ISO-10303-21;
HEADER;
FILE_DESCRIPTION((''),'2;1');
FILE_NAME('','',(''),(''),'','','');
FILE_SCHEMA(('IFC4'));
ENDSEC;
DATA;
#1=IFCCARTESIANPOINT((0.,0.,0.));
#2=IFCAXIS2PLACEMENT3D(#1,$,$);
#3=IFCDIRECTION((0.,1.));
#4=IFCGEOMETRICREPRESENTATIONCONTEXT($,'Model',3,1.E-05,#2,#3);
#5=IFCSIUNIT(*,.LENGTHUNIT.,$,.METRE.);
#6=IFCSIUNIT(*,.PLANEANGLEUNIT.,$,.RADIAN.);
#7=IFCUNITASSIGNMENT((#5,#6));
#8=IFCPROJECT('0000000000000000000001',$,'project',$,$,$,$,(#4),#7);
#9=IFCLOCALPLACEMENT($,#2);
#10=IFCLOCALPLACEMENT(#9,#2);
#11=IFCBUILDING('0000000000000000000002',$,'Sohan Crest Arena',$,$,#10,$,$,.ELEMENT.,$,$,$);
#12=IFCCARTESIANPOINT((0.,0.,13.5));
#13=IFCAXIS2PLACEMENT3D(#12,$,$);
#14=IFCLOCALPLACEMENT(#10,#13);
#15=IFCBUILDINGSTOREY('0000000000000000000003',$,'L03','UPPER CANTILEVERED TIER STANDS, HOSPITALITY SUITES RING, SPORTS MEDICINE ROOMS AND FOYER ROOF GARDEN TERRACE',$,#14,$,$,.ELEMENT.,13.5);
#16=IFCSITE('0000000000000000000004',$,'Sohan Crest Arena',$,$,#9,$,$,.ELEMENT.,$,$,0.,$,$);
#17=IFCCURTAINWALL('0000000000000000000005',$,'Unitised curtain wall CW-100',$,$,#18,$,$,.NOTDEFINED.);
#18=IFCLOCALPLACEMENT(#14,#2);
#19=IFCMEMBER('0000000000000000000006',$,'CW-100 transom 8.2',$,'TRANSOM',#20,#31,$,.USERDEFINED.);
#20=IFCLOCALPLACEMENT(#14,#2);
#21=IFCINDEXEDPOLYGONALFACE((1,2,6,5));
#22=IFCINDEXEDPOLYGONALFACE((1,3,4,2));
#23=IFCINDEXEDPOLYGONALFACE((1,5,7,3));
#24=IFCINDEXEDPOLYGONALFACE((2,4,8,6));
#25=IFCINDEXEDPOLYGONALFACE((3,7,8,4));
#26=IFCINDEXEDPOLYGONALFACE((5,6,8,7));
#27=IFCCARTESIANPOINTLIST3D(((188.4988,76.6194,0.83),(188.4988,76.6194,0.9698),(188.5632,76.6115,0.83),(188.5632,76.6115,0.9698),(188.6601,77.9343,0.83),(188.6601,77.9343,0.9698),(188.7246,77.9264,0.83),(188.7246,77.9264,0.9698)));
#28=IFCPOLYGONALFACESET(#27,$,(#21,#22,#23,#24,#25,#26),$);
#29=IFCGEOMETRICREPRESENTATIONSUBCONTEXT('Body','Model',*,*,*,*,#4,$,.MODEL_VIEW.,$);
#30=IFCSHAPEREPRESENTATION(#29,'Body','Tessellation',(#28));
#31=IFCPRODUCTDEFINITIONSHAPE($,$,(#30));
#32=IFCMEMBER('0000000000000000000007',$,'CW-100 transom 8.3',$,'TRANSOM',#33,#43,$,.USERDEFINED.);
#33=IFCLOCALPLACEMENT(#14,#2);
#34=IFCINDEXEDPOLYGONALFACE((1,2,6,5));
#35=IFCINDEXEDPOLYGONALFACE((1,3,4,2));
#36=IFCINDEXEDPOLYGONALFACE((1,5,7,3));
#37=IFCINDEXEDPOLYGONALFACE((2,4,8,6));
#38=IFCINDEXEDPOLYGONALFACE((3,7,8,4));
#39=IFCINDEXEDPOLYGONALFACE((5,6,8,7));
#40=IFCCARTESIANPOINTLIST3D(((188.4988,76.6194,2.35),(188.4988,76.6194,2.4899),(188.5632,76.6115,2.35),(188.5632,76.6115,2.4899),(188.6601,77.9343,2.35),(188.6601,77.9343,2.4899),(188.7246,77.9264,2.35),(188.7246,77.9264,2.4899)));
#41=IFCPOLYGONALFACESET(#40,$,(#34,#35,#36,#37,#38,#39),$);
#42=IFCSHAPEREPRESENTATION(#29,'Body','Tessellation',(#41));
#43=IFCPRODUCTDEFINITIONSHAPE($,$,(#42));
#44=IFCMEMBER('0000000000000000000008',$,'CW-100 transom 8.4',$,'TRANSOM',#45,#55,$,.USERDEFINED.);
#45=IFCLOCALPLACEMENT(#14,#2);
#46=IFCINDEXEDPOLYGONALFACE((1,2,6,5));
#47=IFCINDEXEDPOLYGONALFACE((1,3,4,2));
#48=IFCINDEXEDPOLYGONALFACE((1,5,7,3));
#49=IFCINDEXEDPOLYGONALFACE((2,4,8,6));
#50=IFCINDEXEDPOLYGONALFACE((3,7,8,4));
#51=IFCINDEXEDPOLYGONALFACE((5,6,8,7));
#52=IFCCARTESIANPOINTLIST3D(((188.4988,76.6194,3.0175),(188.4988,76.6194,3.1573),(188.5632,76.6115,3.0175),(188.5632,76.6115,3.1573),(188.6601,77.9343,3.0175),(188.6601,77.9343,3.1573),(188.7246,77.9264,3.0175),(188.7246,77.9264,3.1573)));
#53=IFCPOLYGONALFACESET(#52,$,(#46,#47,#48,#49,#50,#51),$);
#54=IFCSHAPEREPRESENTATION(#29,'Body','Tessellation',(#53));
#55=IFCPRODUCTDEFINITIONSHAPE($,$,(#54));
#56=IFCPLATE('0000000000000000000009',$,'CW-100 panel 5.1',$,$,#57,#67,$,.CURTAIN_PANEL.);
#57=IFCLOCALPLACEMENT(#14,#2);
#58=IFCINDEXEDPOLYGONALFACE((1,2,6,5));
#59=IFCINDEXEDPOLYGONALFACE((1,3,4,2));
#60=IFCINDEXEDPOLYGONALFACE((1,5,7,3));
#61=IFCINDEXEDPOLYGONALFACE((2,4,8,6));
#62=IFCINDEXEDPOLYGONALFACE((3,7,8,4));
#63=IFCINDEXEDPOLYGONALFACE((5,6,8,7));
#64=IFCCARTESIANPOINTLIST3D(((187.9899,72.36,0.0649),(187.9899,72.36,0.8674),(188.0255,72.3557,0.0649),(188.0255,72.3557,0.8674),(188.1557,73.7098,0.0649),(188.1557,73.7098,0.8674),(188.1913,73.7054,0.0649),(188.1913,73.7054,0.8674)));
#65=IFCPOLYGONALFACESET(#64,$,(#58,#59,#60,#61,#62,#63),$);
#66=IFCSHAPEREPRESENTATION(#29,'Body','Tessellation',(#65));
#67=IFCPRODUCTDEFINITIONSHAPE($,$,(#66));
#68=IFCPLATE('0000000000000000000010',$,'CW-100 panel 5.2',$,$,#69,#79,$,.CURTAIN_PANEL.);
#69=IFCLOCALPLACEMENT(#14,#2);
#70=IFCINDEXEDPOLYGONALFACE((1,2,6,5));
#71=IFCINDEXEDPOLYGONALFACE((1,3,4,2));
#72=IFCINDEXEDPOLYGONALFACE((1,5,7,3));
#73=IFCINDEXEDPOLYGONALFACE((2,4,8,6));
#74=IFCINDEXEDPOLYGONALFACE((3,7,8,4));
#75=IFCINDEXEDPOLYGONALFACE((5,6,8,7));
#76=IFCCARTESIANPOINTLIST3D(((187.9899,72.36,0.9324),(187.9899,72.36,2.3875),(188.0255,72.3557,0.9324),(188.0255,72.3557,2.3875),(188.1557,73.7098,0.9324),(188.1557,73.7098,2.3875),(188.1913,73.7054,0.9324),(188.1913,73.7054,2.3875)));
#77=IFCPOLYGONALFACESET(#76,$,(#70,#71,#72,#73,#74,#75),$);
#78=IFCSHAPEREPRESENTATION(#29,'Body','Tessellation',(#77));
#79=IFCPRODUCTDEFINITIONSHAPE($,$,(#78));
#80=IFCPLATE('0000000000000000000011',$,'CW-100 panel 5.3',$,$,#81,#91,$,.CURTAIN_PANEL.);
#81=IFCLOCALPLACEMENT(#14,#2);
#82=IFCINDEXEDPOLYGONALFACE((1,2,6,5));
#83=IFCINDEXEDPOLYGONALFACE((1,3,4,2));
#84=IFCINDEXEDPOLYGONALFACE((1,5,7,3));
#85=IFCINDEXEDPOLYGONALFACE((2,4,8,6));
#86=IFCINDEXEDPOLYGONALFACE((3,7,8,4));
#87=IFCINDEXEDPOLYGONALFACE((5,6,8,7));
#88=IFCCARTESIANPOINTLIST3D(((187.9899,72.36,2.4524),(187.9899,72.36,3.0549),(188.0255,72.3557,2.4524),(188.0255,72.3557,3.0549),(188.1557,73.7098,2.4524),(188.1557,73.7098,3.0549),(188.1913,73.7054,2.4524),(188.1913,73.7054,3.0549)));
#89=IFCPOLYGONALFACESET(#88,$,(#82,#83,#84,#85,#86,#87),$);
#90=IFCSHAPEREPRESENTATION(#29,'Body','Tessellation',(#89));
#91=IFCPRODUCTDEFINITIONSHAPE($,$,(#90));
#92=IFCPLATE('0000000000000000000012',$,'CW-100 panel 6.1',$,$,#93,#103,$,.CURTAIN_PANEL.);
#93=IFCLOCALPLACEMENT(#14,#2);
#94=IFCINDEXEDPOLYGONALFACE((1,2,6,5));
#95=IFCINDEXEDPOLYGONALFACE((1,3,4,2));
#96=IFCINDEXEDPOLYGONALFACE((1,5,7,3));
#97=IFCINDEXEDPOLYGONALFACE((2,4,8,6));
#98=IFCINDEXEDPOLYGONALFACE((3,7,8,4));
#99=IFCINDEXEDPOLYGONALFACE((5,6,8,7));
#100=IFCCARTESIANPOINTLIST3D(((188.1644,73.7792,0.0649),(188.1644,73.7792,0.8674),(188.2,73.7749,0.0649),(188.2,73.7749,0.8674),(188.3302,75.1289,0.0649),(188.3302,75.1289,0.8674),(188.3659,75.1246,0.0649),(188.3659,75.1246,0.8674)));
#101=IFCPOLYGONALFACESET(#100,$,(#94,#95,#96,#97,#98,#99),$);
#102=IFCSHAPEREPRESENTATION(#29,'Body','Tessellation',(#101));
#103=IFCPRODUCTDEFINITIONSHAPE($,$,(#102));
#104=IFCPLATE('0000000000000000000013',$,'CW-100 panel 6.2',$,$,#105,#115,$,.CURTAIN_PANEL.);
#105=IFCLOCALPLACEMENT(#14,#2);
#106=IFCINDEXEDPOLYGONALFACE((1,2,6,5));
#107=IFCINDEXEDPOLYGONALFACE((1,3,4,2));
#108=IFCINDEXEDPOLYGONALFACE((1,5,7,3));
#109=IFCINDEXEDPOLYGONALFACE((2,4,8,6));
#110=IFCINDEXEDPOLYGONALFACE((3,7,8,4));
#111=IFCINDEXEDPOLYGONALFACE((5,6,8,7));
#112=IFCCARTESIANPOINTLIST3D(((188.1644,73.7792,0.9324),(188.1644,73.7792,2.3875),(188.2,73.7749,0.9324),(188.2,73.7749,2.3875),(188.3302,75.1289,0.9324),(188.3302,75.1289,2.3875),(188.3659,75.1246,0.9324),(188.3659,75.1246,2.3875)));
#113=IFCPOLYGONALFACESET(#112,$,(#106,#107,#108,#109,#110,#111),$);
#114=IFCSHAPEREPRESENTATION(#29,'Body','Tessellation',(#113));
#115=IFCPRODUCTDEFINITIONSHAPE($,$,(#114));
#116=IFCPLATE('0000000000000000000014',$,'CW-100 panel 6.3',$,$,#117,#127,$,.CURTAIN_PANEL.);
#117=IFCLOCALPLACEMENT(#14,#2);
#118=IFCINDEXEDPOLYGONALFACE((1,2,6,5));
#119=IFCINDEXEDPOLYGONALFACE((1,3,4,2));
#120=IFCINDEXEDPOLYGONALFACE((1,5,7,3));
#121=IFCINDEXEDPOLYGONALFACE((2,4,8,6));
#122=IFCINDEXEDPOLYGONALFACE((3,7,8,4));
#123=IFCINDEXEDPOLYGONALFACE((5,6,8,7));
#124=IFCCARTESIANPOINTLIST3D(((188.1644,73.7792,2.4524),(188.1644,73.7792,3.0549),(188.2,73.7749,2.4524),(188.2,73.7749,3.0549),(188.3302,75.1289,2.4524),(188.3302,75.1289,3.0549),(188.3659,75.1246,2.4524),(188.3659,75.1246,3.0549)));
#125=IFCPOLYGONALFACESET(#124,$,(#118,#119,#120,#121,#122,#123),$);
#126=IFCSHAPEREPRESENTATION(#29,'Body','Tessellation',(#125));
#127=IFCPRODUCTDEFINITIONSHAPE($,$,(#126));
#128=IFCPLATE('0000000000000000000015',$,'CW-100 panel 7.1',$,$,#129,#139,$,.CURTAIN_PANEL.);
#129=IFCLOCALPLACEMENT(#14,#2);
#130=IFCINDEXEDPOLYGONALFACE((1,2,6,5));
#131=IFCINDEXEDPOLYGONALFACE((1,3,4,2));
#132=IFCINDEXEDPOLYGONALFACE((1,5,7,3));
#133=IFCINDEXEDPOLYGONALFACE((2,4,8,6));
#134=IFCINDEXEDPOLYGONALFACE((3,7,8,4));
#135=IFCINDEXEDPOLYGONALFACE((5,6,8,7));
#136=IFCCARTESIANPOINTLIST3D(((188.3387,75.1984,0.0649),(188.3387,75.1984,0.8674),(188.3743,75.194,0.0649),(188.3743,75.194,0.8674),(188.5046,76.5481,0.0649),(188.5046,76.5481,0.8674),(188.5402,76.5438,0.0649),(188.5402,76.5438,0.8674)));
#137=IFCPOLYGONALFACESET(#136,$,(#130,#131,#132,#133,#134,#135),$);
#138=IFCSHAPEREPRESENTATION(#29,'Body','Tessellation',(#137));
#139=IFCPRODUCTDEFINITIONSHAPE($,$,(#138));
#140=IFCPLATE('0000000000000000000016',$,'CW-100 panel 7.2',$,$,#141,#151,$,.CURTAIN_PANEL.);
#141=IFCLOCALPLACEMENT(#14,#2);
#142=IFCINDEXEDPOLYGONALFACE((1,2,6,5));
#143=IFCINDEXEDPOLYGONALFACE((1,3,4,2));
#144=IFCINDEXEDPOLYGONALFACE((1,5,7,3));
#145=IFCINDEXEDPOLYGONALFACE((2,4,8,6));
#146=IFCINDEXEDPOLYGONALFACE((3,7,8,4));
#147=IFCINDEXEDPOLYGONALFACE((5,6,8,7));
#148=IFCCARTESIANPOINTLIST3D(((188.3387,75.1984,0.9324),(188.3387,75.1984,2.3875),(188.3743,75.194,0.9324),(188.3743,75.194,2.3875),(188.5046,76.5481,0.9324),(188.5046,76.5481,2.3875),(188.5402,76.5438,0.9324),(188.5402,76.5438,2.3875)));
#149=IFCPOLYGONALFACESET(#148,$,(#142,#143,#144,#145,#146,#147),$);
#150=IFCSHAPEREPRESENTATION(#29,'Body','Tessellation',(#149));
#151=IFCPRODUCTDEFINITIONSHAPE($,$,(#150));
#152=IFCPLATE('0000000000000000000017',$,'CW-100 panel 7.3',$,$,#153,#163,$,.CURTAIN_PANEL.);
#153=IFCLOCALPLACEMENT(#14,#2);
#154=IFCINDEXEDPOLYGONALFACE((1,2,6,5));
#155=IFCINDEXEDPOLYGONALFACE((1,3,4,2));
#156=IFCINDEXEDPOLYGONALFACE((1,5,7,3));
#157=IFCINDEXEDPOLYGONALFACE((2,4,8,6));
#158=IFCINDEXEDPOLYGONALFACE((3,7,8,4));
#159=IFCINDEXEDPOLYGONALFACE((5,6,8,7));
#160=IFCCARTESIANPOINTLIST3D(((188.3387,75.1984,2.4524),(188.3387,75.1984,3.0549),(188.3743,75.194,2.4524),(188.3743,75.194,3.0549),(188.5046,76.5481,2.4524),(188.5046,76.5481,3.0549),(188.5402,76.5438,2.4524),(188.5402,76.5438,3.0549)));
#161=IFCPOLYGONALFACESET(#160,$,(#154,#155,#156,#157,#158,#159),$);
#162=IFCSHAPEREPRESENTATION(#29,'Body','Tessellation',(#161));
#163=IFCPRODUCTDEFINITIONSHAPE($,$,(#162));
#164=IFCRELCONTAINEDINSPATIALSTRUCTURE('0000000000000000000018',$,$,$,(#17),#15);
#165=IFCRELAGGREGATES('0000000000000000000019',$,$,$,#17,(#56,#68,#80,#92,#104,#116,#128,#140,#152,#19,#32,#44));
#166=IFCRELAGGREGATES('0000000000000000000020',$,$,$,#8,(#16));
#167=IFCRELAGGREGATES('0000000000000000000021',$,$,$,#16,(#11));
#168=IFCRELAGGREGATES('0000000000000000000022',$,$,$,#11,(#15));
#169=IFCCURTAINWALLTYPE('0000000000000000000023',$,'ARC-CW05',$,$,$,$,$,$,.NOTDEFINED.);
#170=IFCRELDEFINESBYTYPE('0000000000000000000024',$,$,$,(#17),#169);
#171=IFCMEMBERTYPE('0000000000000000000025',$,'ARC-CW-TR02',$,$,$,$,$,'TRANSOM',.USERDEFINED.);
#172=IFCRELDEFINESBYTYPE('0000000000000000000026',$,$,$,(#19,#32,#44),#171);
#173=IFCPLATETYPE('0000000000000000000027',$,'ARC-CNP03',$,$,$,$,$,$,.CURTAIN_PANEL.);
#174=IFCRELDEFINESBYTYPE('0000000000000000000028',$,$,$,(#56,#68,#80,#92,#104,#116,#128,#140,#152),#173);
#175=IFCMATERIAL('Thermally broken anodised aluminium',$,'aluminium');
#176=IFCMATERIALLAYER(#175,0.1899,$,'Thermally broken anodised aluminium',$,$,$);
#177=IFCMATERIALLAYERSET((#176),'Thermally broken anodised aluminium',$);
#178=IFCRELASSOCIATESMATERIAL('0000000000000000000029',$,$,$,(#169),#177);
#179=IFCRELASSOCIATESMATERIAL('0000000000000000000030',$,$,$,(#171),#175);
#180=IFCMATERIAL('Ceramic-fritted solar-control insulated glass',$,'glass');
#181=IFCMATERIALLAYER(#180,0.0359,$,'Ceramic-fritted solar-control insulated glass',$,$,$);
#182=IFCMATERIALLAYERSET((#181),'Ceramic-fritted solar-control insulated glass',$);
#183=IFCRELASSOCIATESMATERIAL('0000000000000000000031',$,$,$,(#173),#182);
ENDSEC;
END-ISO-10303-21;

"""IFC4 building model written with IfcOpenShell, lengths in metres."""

from ifc_helpers import new_model, si_unit, direction, frame, origin, origin_2d, place, context, subcontext, project, spatial, rectangle, extrude, material, layer, layer_set, material_profile, profile_set, type_object, element, aggregate, save


model = new_model("IFC4")

# Units and contexts
model_context = context("Model", 3, precision=1e-05, world=origin(), true_north=direction((0.0, 1.0)))
body_context = subcontext(model_context, "Body", "Model", "MODEL_VIEW")
ifc_project = project(units=[si_unit("LENGTHUNIT", "METRE"), si_unit("PLANEANGLEUNIT", "RADIAN")], contexts=[model_context])

# Site, building, storey
site_placement = place(None, origin())
site = spatial("IfcSite", under=ifc_project, at=site_placement, Name="Sohan Crest Arena", CompositionType="ELEMENT", RefElevation=0.0)
building_placement = place(site_placement, origin())
building = spatial("IfcBuilding", under=site, at=building_placement, Name="Sohan Crest Arena", CompositionType="ELEMENT")
storey_placement = place(building_placement, frame((0.0, 0.0, 13.5)))
storey = spatial("IfcBuildingStorey", under=building, at=storey_placement, Name="L03", Description="UPPER CANTILEVERED TIER STANDS, HOSPITALITY SUITES RING, SPORTS MEDICINE ROOMS AND FOYER ROOF GARDEN TERRACE", CompositionType="ELEMENT", Elevation=13.5)

# Curtain wall, members, plates
ifc_material_1 = material(Name="Thermally broken anodised aluminium", Category="aluminium")
ifc_layer_1 = layer(ifc_material_1, 0.1899, Name="Thermally broken anodised aluminium")
ifc_layer_set_1 = layer_set([ifc_layer_1], Name="Thermally broken anodised aluminium")
curtain_wall_type = type_object("IfcCurtainWallType", Name="ARC-CW05", PredefinedType="NOTDEFINED", material=ifc_layer_set_1)
curtain_wall_placement = place(storey_placement, origin())
curtain_wall = element("IfcCurtainWall", 1, at=curtain_wall_placement, inside=storey, type_object=curtain_wall_type, Name="Unitised curtain wall CW-100", PredefinedType="NOTDEFINED")
ifc_material_profile_1 = material_profile(ifc_material_1, rectangle(XDim=0.0649, YDim=0.1399, at=origin_2d()), Name="ALU-TRAN 65x140")
ifc_profile_set_1 = profile_set([ifc_material_profile_1], Name="Thermally broken anodised aluminium")
member_type_1 = type_object("IfcMemberType", Name="ARC-CW-TR02", ElementType="TRANSOM", PredefinedType="USERDEFINED", material=ifc_profile_set_1)
member_1_placement = place(storey_placement, frame((188.531, 76.6155, 0.8999), z_axis=(0.121812, 0.992553, 0.0), x_axis=(-0.992553, 0.121812, 0.0)))
member_1 = element("IfcMember", 2, at=member_1_placement, type_object=member_type_1, Name="CW-100 transom 8.2", ObjectType="TRANSOM", PredefinedType="USERDEFINED", context=body_context, shape_type="SweptSolid", body=[
    extrude(rectangle(XDim=0.0649, YDim=0.1399, at=origin_2d()), origin(), (0.0, 0.0, 1.0), 1.3247),
])
member_2_placement = place(storey_placement, frame((188.531, 76.6155, 2.4199), z_axis=(0.121812, 0.992553, 0.0), x_axis=(-0.992553, 0.121812, 0.0)))
member_2 = element("IfcMember", 3, at=member_2_placement, type_object=member_type_1, Name="CW-100 transom 8.3", ObjectType="TRANSOM", PredefinedType="USERDEFINED", context=body_context, shape_type="SweptSolid", body=[
    extrude(rectangle(XDim=0.0649, YDim=0.1399, at=origin_2d()), origin(), (0.0, 0.0, 1.0), 1.3247),
])
member_3_placement = place(storey_placement, frame((188.531, 76.6155, 3.0874), z_axis=(0.121812, 0.992553, 0.0), x_axis=(-0.992553, 0.121812, 0.0)))
member_3 = element("IfcMember", 4, at=member_3_placement, type_object=member_type_1, Name="CW-100 transom 8.4", ObjectType="TRANSOM", PredefinedType="USERDEFINED", context=body_context, shape_type="SweptSolid", body=[
    extrude(rectangle(XDim=0.0649, YDim=0.1399, at=origin_2d()), origin(), (0.0, 0.0, 1.0), 1.3247),
])
ifc_material_2 = material(Name="Ceramic-fritted solar-control insulated glass", Category="glass")
ifc_layer_2 = layer(ifc_material_2, 0.0359, Name="Ceramic-fritted solar-control insulated glass")
ifc_layer_set_2 = layer_set([ifc_layer_2], Name="Ceramic-fritted solar-control insulated glass")
plate_type = type_object("IfcPlateType", Name="ARC-CNP03", PredefinedType="CURTAIN_PANEL", material=ifc_layer_set_2)
plate_1_placement = place(storey_placement, frame((188.0906, 73.0327, 0.0649), z_axis=(0.0, 0.0, 1.0), x_axis=(0.121947, 0.992537, 0.0)))
plate_1 = element("IfcPlate", 5, at=plate_1_placement, type_object=plate_type, Name="CW-100 panel 5.1", PredefinedType="CURTAIN_PANEL", context=body_context, shape_type="SweptSolid", body=[
    extrude(rectangle(XDim=1.3599, YDim=0.0359, at=origin_2d()), origin(), (0.0, 0.0, 1.0), 0.8025),
])
plate_2_placement = place(storey_placement, frame((188.0906, 73.0327, 0.9324), z_axis=(0.0, 0.0, 1.0), x_axis=(0.121947, 0.992537, 0.0)))
plate_2 = element("IfcPlate", 6, at=plate_2_placement, type_object=plate_type, Name="CW-100 panel 5.2", PredefinedType="CURTAIN_PANEL", context=body_context, shape_type="SweptSolid", body=[
    extrude(rectangle(XDim=1.3599, YDim=0.0359, at=origin_2d()), origin(), (0.0, 0.0, 1.0), 1.4551),
])
plate_3_placement = place(storey_placement, frame((188.0906, 73.0327, 2.4524), z_axis=(0.0, 0.0, 1.0), x_axis=(0.121947, 0.992537, 0.0)))
plate_3 = element("IfcPlate", 7, at=plate_3_placement, type_object=plate_type, Name="CW-100 panel 5.3", PredefinedType="CURTAIN_PANEL", context=body_context, shape_type="SweptSolid", body=[
    extrude(rectangle(XDim=1.3599, YDim=0.0359, at=origin_2d()), origin(), (0.0, 0.0, 1.0), 0.6025),
])
plate_4_placement = place(storey_placement, frame((188.2651, 74.4519, 0.0649), z_axis=(0.0, 0.0, 1.0), x_axis=(0.121947, 0.992537, 0.0)))
plate_4 = element("IfcPlate", 8, at=plate_4_placement, type_object=plate_type, Name="CW-100 panel 6.1", PredefinedType="CURTAIN_PANEL", context=body_context, shape_type="SweptSolid", body=[
    extrude(rectangle(XDim=1.3599, YDim=0.0359, at=origin_2d()), origin(), (0.0, 0.0, 1.0), 0.8025),
])
plate_5_placement = place(storey_placement, frame((188.2651, 74.4519, 0.9324), z_axis=(0.0, 0.0, 1.0), x_axis=(0.121947, 0.992537, 0.0)))
plate_5 = element("IfcPlate", 9, at=plate_5_placement, type_object=plate_type, Name="CW-100 panel 6.2", PredefinedType="CURTAIN_PANEL", context=body_context, shape_type="SweptSolid", body=[
    extrude(rectangle(XDim=1.3599, YDim=0.0359, at=origin_2d()), origin(), (0.0, 0.0, 1.0), 1.4551),
])
plate_6_placement = place(storey_placement, frame((188.2651, 74.4519, 2.4524), z_axis=(0.0, 0.0, 1.0), x_axis=(0.121947, 0.992537, 0.0)))
plate_6 = element("IfcPlate", 10, at=plate_6_placement, type_object=plate_type, Name="CW-100 panel 6.3", PredefinedType="CURTAIN_PANEL", context=body_context, shape_type="SweptSolid", body=[
    extrude(rectangle(XDim=1.3599, YDim=0.0359, at=origin_2d()), origin(), (0.0, 0.0, 1.0), 0.6025),
])
plate_7_placement = place(storey_placement, frame((188.4395, 75.8711, 0.0649), z_axis=(0.0, 0.0, 1.0), x_axis=(0.121947, 0.992537, 0.0)))
plate_7 = element("IfcPlate", 11, at=plate_7_placement, type_object=plate_type, Name="CW-100 panel 7.1", PredefinedType="CURTAIN_PANEL", context=body_context, shape_type="SweptSolid", body=[
    extrude(rectangle(XDim=1.3599, YDim=0.0359, at=origin_2d()), origin(), (0.0, 0.0, 1.0), 0.8025),
])
plate_8_placement = place(storey_placement, frame((188.4395, 75.8711, 0.9324), z_axis=(0.0, 0.0, 1.0), x_axis=(0.121947, 0.992537, 0.0)))
plate_8 = element("IfcPlate", 12, at=plate_8_placement, type_object=plate_type, Name="CW-100 panel 7.2", PredefinedType="CURTAIN_PANEL", context=body_context, shape_type="SweptSolid", body=[
    extrude(rectangle(XDim=1.3599, YDim=0.0359, at=origin_2d()), origin(), (0.0, 0.0, 1.0), 1.4551),
])
plate_9_placement = place(storey_placement, frame((188.4395, 75.8711, 2.4524), z_axis=(0.0, 0.0, 1.0), x_axis=(0.121947, 0.992537, 0.0)))
plate_9 = element("IfcPlate", 13, at=plate_9_placement, type_object=plate_type, Name="CW-100 panel 7.3", PredefinedType="CURTAIN_PANEL", context=body_context, shape_type="SweptSolid", body=[
    extrude(rectangle(XDim=1.3599, YDim=0.0359, at=origin_2d()), origin(), (0.0, 0.0, 1.0), 0.6025),
])
aggregate(curtain_wall, [plate_1, plate_2, plate_3, plate_4, plate_5, plate_6, plate_7, plate_8, plate_9, member_1, member_2, member_3])

save(model, "model.ifc")
